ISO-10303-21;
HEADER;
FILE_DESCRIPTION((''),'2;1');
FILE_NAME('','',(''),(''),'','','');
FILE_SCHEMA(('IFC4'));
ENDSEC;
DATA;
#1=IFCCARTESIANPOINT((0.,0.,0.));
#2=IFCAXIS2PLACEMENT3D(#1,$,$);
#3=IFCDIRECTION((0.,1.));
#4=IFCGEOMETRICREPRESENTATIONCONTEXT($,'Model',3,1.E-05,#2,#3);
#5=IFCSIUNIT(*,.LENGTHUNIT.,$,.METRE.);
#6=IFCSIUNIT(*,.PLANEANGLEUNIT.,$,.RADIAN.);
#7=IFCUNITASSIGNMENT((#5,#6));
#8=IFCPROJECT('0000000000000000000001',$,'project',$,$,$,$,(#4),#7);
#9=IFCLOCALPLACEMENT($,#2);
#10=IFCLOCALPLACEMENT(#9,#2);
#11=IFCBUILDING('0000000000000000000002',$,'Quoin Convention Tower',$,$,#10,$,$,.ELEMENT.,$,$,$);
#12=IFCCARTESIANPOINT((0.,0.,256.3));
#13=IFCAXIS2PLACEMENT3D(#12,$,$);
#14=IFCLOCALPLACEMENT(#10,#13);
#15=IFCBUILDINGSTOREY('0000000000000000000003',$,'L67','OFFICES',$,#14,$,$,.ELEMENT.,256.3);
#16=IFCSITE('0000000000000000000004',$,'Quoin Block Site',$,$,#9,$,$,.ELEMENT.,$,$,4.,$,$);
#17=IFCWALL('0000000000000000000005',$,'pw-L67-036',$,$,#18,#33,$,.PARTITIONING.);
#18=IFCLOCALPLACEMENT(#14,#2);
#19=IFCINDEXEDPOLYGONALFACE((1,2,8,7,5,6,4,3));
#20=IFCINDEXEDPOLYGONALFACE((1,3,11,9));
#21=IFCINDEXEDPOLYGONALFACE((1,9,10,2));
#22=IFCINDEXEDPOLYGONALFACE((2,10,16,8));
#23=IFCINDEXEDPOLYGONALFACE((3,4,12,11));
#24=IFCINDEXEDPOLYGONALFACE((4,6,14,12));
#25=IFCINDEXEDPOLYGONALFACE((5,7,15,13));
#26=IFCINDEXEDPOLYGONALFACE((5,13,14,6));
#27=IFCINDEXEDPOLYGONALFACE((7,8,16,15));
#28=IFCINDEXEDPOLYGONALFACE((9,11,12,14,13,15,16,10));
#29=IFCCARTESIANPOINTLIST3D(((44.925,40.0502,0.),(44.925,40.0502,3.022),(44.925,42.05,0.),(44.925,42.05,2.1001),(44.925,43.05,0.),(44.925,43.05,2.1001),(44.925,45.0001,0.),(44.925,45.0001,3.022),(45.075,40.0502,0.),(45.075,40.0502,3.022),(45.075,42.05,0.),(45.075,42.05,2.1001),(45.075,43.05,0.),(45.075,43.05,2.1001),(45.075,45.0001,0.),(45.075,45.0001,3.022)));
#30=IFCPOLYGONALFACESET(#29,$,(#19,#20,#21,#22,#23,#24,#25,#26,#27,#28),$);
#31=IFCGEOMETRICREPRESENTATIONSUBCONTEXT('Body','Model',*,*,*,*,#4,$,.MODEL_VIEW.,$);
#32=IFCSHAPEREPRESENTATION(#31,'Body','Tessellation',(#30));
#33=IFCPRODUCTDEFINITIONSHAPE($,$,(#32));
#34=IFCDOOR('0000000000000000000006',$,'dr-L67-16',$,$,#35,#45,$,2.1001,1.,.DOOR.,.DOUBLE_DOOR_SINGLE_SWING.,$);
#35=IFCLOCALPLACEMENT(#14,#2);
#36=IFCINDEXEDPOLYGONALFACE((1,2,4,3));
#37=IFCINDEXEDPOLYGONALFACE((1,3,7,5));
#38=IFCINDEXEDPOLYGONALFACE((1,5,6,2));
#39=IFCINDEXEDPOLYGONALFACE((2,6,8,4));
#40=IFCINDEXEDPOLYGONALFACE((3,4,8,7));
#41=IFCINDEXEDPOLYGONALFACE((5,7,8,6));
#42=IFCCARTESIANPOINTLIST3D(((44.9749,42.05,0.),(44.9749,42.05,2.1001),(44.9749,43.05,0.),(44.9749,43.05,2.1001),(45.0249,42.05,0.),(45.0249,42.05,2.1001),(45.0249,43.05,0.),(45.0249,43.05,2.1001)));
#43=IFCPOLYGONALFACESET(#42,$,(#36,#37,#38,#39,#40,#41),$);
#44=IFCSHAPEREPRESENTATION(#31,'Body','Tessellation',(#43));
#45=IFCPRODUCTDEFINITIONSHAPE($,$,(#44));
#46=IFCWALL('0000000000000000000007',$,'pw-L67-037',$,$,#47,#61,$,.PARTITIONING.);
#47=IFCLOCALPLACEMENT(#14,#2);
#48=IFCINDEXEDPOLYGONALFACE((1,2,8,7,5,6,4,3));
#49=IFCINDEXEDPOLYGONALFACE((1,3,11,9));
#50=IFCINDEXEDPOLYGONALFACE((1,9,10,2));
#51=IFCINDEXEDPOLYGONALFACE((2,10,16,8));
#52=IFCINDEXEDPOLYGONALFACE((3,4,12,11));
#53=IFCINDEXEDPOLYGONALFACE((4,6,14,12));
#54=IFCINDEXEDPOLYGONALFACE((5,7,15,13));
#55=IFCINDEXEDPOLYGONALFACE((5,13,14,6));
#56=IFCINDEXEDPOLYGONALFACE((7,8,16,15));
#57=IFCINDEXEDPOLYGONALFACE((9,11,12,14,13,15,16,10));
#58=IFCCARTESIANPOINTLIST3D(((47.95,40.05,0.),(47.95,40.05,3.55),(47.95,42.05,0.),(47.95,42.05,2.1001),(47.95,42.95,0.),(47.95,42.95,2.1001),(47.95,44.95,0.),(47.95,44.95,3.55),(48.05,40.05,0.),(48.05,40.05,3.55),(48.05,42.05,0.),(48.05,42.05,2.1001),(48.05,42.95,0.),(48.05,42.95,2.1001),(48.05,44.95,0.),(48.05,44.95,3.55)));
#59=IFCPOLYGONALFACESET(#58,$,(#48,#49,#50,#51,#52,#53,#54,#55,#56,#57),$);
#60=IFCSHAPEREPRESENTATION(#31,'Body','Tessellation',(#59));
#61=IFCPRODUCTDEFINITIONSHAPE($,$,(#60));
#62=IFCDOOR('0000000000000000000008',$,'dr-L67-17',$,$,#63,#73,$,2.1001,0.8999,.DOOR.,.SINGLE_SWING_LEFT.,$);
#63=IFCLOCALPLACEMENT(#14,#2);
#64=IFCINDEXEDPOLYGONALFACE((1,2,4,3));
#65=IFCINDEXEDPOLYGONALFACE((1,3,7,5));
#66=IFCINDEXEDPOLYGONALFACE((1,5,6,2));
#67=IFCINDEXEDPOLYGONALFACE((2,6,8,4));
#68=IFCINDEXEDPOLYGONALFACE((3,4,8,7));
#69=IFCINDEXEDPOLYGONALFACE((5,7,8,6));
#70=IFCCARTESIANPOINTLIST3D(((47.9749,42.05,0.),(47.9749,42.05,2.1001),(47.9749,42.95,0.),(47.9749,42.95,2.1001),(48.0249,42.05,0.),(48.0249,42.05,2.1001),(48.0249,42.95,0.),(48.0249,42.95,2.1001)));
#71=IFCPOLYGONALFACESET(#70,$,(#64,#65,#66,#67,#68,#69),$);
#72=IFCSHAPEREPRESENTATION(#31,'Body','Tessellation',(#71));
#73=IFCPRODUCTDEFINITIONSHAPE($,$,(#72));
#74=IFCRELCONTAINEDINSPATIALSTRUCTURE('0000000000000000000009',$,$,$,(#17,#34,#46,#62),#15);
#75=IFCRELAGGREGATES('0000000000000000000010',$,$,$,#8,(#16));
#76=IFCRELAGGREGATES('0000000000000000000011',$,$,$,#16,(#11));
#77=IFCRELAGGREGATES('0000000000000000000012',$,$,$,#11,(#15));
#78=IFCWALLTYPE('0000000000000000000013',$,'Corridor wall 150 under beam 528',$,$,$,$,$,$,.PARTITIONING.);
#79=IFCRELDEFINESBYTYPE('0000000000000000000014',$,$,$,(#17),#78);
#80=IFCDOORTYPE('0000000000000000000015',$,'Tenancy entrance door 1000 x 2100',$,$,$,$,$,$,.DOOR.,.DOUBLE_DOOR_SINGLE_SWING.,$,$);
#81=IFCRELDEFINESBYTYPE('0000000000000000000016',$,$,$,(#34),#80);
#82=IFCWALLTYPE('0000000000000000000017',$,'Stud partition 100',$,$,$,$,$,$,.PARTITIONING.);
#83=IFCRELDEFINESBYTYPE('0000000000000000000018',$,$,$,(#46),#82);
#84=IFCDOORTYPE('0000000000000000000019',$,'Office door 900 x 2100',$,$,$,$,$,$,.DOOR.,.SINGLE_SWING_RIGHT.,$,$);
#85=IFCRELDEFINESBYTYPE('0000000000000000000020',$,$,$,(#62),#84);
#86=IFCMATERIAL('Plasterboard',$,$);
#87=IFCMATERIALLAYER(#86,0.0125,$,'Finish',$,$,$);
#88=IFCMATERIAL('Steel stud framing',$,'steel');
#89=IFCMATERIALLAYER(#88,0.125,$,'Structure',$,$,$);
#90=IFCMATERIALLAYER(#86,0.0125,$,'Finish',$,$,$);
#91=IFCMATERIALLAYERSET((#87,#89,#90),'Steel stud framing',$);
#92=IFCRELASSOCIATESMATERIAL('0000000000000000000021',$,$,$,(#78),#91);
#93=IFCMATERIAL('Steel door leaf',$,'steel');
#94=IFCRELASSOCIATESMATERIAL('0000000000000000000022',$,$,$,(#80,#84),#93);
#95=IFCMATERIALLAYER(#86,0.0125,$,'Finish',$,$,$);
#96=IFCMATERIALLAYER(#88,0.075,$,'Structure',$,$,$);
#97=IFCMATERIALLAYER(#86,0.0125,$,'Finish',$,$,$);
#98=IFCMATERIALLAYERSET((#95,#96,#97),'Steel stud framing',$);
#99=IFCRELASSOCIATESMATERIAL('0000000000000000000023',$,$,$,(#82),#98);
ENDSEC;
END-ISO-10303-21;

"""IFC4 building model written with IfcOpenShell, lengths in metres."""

from ifc_helpers import new_model, si_unit, direction, frame, frame_2d, origin, place, context, subcontext, project, spatial, rectangle, extrude, material, layer, layer_set, type_object, element, fill, save


model = new_model("IFC4")

# Units and contexts
model_context = context("Model", 3, precision=1e-05, world=origin(), true_north=direction((0.0, 1.0)))
body_context = subcontext(model_context, "Body", "Model", "MODEL_VIEW")
ifc_project = project(units=[si_unit("LENGTHUNIT", "METRE"), si_unit("PLANEANGLEUNIT", "RADIAN")], contexts=[model_context])

# Site, building, storey
site_placement = place(None, origin())
site = spatial("IfcSite", under=ifc_project, at=site_placement, Name="Quoin Block Site", CompositionType="ELEMENT", RefElevation=4.0)
building_placement = place(site_placement, origin())
building = spatial("IfcBuilding", under=site, at=building_placement, Name="Quoin Convention Tower", CompositionType="ELEMENT")
storey_placement = place(building_placement, frame((0.0, 0.0, 256.3)))
storey = spatial("IfcBuildingStorey", under=building, at=storey_placement, Name="L67", Description="OFFICES", CompositionType="ELEMENT", Elevation=256.3)

# Shared definitions
ifc_material_1 = material(Name="Plasterboard")
ifc_material_2 = material(Name="Steel stud framing", Category="steel")

# Walls, openings, doors
ifc_layer_1 = layer(ifc_material_1, 0.0125, Name="Finish")
ifc_layer_2 = layer(ifc_material_2, 0.125, Name="Structure")
ifc_layer_3 = layer(ifc_material_1, 0.0125, Name="Finish")
ifc_layer_set_1 = layer_set([ifc_layer_1, ifc_layer_2, ifc_layer_3], Name="Steel stud framing")
wall_type_1 = type_object("IfcWallType", Name="Corridor wall 150 under beam 528", PredefinedType="PARTITIONING", material=ifc_layer_set_1)
wall_1_placement = place(storey_placement, frame((45.0, 40.05, 0.0), z_axis=(0.0, 0.0, 1.0), x_axis=(0.0, 1.0, 0.0)))
wall_1 = element("IfcWall", 1, at=wall_1_placement, inside=storey, type_object=wall_type_1, Name="pw-L67-036", PredefinedType="PARTITIONING", context=body_context, shape_type="SweptSolid", body=[
    extrude(rectangle(XDim=4.95, YDim=0.1499, at=frame_2d((2.4751, 0.0))), origin(), (0.0, 0.0, 1.0), 3.022),
])
opening_1_placement = place(wall_1_placement, frame((2.0, 0.0, 0.0)))
opening_1 = element("IfcOpeningElement", 2, at=opening_1_placement, cuts=wall_1, PredefinedType="OPENING", context=body_context, shape_type="SweptSolid", body=[
    extrude(rectangle(XDim=1.0, YDim=2.1001, at=frame_2d((0.5, 1.05))), frame((0.0, 0.085, 0.0), z_axis=(0.0, -1.0, 0.0), x_axis=(1.0, 0.0, 0.0)), (0.0, 0.0, 1.0), 0.1699),
])
ifc_material_3 = material(Name="Steel door leaf", Category="steel")
door_type_1 = type_object("IfcDoorType", Name="Tenancy entrance door 1000 x 2100", OperationType="DOUBLE_DOOR_SINGLE_SWING", PredefinedType="DOOR", material=ifc_material_3)
door_1_placement = place(opening_1_placement, frame((1.0, 0.0, 0.0), z_axis=(0.0, 0.0, 1.0), x_axis=(-1.0, 0.0, 0.0)))
door_1 = element("IfcDoor", 3, at=door_1_placement, inside=storey, type_object=door_type_1, Name="dr-L67-16", OperationType="DOUBLE_DOOR_SINGLE_SWING", OverallHeight=2.1001, OverallWidth=1.0, PredefinedType="DOOR", context=body_context, shape_type="SweptSolid", body=[
    extrude(rectangle(XDim=1.0, YDim=2.1001, at=frame_2d((0.5, 1.05))), frame((0.0, 0.0249, 0.0), z_axis=(0.0, -1.0, 0.0), x_axis=(1.0, 0.0, 0.0)), (0.0, 0.0, 1.0), 0.05),
])
fill(opening_1, door_1)
ifc_layer_4 = layer(ifc_material_1, 0.0125, Name="Finish")
ifc_layer_5 = layer(ifc_material_2, 0.075, Name="Structure")
ifc_layer_6 = layer(ifc_material_1, 0.0125, Name="Finish")
ifc_layer_set_2 = layer_set([ifc_layer_4, ifc_layer_5, ifc_layer_6], Name="Steel stud framing")
wall_type_2 = type_object("IfcWallType", Name="Stud partition 100", PredefinedType="PARTITIONING", material=ifc_layer_set_2)
wall_2_placement = place(storey_placement, frame((48.0, 40.05, 0.0), z_axis=(0.0, 0.0, 1.0), x_axis=(0.0, 1.0, 0.0)))
wall_2 = element("IfcWall", 4, at=wall_2_placement, inside=storey, type_object=wall_type_2, Name="pw-L67-037", PredefinedType="PARTITIONING", context=body_context, shape_type="SweptSolid", body=[
    extrude(rectangle(XDim=4.8999, YDim=0.1001, at=frame_2d((2.45, 0.0))), origin(), (0.0, 0.0, 1.0), 3.55),
])
opening_2_placement = place(wall_2_placement, frame((2.0, 0.0, 0.0)))
opening_2 = element("IfcOpeningElement", 5, at=opening_2_placement, cuts=wall_2, PredefinedType="OPENING", context=body_context, shape_type="SweptSolid", body=[
    extrude(rectangle(XDim=0.8999, YDim=2.1001, at=frame_2d((0.45, 1.05))), frame((0.0, 0.0601, 0.0), z_axis=(0.0, -1.0, 0.0), x_axis=(1.0, 0.0, 0.0)), (0.0, 0.0, 1.0), 0.1201),
])
door_type_2 = type_object("IfcDoorType", Name="Office door 900 x 2100", OperationType="SINGLE_SWING_RIGHT", PredefinedType="DOOR", material=ifc_material_3)
door_2_placement = place(opening_2_placement, frame((0.8999, 0.0, 0.0), z_axis=(0.0, 0.0, 1.0), x_axis=(-1.0, 0.0, 0.0)))
door_2 = element("IfcDoor", 6, at=door_2_placement, inside=storey, type_object=door_type_2, Name="dr-L67-17", OperationType="SINGLE_SWING_LEFT", OverallHeight=2.1001, OverallWidth=0.8999, PredefinedType="DOOR", context=body_context, shape_type="SweptSolid", body=[
    extrude(rectangle(XDim=0.8999, YDim=2.1001, at=frame_2d((0.45, 1.05))), frame((0.0, 0.0249, 0.0), z_axis=(0.0, -1.0, 0.0), x_axis=(1.0, 0.0, 0.0)), (0.0, 0.0, 1.0), 0.05),
])
fill(opening_2, door_2)

save(model, "model.ifc")
